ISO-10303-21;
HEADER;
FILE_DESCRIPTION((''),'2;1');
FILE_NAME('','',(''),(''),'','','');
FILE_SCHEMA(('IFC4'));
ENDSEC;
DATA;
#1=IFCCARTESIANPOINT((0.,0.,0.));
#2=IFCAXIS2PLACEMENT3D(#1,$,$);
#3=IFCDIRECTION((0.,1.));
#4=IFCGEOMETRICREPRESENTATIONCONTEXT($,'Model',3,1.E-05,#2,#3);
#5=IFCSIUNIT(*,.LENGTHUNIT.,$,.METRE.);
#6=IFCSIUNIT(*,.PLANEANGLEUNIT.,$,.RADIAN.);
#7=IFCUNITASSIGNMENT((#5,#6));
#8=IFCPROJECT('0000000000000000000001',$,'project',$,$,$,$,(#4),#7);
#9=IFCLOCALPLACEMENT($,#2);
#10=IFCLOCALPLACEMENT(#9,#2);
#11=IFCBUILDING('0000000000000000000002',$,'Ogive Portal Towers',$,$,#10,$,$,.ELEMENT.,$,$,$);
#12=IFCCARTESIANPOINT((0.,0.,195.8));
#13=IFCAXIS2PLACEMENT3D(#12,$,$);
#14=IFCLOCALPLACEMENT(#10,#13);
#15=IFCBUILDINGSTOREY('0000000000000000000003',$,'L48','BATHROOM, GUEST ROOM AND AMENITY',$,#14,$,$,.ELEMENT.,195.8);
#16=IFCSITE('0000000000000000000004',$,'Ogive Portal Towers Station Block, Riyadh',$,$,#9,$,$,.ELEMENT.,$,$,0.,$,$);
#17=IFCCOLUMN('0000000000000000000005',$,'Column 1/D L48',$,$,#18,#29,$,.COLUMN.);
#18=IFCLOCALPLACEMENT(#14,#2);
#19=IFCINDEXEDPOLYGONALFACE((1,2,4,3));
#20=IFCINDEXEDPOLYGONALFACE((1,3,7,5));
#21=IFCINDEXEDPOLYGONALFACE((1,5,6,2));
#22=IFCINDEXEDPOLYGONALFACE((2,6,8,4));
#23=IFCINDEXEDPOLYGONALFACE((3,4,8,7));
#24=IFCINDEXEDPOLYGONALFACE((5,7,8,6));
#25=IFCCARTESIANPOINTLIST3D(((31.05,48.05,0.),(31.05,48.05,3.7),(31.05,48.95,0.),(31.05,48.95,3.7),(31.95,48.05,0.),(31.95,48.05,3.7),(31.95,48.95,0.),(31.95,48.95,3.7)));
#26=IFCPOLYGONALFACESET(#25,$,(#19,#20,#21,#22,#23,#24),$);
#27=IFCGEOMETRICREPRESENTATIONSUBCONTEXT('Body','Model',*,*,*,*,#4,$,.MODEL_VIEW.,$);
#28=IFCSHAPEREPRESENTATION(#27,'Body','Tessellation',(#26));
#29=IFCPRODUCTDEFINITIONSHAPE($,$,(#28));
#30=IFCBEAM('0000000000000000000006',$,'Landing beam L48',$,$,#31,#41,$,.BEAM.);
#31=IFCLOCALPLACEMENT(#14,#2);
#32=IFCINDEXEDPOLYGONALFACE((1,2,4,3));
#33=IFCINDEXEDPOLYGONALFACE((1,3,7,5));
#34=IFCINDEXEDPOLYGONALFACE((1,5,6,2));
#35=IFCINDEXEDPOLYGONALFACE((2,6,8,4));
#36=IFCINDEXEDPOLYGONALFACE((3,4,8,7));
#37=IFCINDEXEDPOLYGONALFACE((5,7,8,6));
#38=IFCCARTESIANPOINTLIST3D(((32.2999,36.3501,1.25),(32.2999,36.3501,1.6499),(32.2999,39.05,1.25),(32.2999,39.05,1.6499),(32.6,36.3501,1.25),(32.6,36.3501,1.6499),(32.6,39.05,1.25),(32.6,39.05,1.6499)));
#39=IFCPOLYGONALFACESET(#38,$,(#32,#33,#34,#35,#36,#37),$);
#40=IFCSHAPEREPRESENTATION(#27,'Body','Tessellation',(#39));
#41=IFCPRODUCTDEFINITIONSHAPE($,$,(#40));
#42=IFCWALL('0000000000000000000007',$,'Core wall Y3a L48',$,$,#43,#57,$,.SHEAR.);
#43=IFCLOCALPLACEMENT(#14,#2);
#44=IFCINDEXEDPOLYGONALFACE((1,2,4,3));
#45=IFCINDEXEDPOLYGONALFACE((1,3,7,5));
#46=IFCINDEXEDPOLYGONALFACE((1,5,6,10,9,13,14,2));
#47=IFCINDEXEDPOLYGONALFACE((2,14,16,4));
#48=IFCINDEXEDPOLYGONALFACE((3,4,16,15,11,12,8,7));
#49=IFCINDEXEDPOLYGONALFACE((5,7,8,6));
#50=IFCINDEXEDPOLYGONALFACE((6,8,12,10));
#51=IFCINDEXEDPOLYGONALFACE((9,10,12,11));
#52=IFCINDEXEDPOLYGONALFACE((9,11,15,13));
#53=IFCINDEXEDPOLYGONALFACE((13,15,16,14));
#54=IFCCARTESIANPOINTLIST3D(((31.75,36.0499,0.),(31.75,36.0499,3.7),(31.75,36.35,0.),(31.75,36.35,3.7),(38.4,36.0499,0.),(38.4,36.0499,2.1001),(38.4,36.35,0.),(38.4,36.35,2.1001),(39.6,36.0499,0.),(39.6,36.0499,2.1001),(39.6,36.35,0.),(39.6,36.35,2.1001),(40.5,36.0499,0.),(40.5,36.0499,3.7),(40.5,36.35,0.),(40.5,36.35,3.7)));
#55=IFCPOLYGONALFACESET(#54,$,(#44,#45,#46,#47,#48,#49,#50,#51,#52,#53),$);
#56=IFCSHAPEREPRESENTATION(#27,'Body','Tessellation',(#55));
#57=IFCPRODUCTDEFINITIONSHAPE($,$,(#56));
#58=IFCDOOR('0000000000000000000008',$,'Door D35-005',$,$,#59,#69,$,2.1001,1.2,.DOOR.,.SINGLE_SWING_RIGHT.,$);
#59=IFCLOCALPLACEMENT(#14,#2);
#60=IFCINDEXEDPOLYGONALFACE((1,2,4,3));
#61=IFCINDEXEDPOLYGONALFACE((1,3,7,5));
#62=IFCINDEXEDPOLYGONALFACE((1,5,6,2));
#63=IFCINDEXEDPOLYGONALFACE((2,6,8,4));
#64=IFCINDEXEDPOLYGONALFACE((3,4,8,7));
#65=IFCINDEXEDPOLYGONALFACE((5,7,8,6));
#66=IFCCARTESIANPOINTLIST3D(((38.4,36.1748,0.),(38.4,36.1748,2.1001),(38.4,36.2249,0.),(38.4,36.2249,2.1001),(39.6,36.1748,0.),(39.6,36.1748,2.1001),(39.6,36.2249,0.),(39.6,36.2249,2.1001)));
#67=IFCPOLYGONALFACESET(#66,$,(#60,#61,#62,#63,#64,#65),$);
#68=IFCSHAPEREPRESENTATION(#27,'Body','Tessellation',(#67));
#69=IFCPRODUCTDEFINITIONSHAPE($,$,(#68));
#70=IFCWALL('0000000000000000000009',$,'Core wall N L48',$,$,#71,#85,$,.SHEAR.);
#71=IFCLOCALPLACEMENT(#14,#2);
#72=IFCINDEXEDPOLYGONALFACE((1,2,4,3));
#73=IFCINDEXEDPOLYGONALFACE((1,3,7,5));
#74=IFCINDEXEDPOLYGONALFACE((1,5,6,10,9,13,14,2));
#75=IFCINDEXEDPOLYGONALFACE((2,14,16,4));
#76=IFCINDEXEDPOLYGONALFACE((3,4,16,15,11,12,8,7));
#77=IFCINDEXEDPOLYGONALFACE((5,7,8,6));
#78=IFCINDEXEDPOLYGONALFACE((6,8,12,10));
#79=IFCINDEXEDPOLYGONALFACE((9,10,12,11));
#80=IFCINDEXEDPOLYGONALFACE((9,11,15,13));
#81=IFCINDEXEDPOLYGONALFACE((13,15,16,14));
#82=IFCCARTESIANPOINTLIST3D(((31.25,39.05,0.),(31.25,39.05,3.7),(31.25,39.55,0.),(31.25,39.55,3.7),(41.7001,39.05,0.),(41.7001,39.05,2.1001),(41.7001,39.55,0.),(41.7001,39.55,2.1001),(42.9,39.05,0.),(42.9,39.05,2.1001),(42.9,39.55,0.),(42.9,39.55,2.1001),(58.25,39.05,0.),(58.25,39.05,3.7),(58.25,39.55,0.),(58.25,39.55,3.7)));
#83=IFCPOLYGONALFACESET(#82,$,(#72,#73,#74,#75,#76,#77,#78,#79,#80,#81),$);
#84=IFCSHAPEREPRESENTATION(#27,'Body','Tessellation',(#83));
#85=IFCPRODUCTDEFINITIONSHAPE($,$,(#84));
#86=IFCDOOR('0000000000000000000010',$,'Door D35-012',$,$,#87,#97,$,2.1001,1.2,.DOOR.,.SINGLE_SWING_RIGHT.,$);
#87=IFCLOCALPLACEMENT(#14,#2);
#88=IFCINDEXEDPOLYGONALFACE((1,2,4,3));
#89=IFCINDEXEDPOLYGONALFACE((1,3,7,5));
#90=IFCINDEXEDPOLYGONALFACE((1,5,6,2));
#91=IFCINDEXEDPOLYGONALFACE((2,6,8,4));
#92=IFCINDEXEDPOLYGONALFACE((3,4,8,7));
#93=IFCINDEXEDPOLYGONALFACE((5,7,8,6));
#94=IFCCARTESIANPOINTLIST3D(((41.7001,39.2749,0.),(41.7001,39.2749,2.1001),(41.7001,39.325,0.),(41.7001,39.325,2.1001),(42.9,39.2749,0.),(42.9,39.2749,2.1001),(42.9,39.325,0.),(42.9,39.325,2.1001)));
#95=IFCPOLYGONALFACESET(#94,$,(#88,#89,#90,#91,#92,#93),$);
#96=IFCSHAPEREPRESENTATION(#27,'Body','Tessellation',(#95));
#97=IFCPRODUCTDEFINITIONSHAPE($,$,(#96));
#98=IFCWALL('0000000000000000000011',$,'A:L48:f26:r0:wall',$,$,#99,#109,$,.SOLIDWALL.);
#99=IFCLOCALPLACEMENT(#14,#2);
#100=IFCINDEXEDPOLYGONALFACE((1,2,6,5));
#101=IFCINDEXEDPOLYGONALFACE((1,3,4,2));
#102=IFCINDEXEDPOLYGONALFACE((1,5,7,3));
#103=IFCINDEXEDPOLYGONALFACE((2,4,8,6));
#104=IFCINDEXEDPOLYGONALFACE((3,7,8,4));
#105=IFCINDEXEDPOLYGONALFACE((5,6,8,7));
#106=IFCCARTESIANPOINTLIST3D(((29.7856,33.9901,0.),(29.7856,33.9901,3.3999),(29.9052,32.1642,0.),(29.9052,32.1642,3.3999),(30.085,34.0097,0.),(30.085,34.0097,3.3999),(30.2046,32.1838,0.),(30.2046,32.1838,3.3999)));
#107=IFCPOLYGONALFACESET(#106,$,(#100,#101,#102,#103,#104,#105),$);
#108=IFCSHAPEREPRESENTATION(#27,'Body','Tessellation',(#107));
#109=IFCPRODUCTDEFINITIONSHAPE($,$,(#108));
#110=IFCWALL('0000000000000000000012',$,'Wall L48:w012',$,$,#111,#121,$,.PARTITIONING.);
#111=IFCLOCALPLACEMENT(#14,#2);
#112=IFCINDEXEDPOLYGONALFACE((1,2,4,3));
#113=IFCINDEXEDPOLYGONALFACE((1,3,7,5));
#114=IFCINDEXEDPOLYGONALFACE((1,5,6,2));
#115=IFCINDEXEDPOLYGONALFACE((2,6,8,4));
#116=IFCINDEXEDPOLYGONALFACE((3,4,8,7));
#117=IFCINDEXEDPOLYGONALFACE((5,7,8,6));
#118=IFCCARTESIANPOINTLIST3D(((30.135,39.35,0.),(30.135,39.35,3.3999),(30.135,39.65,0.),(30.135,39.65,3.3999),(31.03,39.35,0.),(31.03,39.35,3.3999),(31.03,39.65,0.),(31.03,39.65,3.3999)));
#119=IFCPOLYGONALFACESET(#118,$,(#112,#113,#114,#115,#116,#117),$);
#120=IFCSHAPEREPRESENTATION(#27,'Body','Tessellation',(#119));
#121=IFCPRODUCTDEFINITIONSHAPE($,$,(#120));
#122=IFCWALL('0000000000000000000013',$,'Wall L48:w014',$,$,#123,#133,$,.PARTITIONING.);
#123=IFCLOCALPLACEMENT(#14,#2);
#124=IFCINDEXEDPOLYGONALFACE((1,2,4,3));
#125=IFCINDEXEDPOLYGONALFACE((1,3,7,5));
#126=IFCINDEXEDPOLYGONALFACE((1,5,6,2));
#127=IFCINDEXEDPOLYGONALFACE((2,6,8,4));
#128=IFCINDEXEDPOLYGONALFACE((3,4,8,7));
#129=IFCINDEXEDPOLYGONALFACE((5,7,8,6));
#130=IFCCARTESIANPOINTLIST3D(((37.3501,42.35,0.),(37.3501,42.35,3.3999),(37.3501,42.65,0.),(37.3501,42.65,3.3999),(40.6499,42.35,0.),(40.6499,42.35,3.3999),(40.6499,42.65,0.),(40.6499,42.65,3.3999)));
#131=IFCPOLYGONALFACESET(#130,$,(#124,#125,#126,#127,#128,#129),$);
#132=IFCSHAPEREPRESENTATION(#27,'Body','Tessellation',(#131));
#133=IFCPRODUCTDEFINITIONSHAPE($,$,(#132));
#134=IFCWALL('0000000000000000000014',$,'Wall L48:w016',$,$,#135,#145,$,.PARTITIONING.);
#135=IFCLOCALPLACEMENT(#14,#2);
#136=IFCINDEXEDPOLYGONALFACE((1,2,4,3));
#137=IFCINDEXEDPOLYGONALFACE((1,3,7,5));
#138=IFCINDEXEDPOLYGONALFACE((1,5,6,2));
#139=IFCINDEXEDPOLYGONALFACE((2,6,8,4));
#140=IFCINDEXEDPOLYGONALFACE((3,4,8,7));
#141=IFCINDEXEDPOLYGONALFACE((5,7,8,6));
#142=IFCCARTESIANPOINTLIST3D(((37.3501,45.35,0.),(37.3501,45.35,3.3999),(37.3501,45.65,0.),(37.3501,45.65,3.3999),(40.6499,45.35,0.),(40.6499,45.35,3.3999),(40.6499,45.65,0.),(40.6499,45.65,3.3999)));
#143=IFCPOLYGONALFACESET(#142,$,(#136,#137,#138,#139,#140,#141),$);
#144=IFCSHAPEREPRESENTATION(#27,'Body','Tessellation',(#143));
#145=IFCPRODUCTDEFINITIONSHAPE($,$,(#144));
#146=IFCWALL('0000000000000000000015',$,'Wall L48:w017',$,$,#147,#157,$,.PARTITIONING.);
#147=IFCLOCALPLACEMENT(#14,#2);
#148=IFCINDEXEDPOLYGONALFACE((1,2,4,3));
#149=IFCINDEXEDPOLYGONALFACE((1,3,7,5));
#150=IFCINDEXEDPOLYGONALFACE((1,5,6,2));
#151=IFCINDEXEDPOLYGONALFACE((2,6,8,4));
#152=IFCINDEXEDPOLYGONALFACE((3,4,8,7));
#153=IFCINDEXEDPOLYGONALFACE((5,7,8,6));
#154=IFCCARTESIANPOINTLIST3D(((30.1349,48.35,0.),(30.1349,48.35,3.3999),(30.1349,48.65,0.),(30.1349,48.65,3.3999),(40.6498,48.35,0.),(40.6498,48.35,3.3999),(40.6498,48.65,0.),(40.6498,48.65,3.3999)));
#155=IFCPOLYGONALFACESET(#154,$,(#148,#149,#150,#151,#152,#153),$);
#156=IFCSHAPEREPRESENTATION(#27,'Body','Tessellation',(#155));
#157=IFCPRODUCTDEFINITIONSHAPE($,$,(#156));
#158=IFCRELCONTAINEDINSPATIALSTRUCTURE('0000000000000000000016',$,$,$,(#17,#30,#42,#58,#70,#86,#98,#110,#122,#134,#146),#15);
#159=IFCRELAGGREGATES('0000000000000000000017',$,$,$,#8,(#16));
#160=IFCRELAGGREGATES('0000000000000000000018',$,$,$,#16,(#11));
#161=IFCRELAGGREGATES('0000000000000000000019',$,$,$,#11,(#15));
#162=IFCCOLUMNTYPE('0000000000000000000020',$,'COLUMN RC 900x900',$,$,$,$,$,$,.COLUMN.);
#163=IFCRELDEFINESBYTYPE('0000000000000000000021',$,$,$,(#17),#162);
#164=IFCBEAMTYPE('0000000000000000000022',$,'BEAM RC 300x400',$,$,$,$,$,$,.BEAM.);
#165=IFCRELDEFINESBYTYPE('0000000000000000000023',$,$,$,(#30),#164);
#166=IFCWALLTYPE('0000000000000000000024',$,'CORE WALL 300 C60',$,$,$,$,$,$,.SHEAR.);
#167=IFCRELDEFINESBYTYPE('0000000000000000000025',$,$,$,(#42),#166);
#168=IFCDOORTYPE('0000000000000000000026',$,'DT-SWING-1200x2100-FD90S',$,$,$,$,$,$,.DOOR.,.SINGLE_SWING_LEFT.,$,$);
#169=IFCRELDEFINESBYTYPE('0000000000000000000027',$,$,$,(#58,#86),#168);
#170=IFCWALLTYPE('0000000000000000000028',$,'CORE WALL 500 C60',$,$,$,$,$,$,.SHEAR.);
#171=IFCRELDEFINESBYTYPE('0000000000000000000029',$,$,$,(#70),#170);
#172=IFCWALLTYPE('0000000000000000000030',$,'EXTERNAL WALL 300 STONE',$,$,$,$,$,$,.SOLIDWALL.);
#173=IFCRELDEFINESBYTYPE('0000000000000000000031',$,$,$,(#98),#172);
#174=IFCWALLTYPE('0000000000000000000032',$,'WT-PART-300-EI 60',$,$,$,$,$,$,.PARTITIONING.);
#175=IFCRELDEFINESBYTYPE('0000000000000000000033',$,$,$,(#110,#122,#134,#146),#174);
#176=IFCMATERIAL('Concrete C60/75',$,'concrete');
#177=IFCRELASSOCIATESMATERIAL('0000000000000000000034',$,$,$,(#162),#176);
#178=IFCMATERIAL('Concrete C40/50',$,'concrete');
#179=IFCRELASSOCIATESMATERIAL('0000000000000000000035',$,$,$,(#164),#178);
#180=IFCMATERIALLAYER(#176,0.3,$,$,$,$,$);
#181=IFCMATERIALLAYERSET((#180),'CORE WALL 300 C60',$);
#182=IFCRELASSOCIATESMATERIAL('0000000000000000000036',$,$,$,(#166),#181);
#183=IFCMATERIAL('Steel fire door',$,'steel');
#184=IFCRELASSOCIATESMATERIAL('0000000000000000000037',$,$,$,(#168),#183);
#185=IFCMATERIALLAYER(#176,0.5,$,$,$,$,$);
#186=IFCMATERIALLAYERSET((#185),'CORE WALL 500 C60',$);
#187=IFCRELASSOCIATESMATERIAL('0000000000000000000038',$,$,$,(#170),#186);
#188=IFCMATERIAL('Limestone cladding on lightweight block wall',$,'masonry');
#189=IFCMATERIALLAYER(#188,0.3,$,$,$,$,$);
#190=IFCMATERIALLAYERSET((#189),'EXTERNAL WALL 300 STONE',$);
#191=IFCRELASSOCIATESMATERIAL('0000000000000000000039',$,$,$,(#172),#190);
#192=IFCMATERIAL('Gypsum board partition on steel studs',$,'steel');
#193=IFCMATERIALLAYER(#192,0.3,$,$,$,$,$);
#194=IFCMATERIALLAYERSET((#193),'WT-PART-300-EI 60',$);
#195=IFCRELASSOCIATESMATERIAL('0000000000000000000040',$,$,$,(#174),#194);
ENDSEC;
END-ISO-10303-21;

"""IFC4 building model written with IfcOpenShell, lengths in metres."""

from ifc_helpers import new_model, si_unit, direction, frame, frame_2d, origin, origin_2d, place, context, subcontext, project, spatial, rectangle, extrude, material, layer, layer_set, material_profile, profile_set, type_object, element, fill, save


model = new_model("IFC4")

# Units and contexts
model_context = context("Model", 3, precision=1e-05, world=origin(), true_north=direction((0.0, 1.0)))
body_context = subcontext(model_context, "Body", "Model", "MODEL_VIEW")
ifc_project = project(units=[si_unit("LENGTHUNIT", "METRE"), si_unit("PLANEANGLEUNIT", "RADIAN")], contexts=[model_context])

# Site, building, storey
site_placement = place(None, origin())
site = spatial("IfcSite", under=ifc_project, at=site_placement, Name="Ogive Portal Towers Station Block, Riyadh", CompositionType="ELEMENT", RefElevation=0.0)
building_placement = place(site_placement, origin())
building = spatial("IfcBuilding", under=site, at=building_placement, Name="Ogive Portal Towers", CompositionType="ELEMENT")
storey_placement = place(building_placement, frame((0.0, 0.0, 195.8)))
storey = spatial("IfcBuildingStorey", under=building, at=storey_placement, Name="L48", Description="BATHROOM, GUEST ROOM AND AMENITY", CompositionType="ELEMENT", Elevation=195.8)

# Column
ifc_material_1 = material(Name="Concrete C60/75", Category="concrete")
ifc_material_profile_1 = material_profile(ifc_material_1, rectangle(XDim=0.8999, YDim=0.8999, at=origin_2d()), Name="RC 900x900")
ifc_profile_set_1 = profile_set([ifc_material_profile_1], Name="Concrete C60/75")
column_type = type_object("IfcColumnType", Name="COLUMN RC 900x900", PredefinedType="COLUMN", material=ifc_profile_set_1)
column_placement = place(storey_placement, frame((31.5, 48.5, 0.0), z_axis=(0.0, 0.0, 1.0), x_axis=(1.0, 0.0, 0.0)))
element("IfcColumn", 1, at=column_placement, inside=storey, type_object=column_type, Name="Column 1/D L48", PredefinedType="COLUMN", context=body_context, shape_type="SweptSolid", body=[
    extrude(rectangle(XDim=0.8999, YDim=0.8999, at=origin_2d()), origin(), (0.0, 0.0, 1.0), 3.7),
])

# Beam
ifc_material_2 = material(Name="Concrete C40/50", Category="concrete")
ifc_material_profile_2 = material_profile(ifc_material_2, rectangle(XDim=0.3, YDim=0.3999, at=origin_2d()), Name="RC 300x400")
ifc_profile_set_2 = profile_set([ifc_material_profile_2], Name="Concrete C40/50")
beam_type = type_object("IfcBeamType", Name="BEAM RC 300x400", PredefinedType="BEAM", material=ifc_profile_set_2)
beam_placement = place(storey_placement, frame((32.45, 36.3501, 1.45), z_axis=(0.0, 1.0, 0.0), x_axis=(-1.0, 0.0, 0.0)))
element("IfcBeam", 2, at=beam_placement, inside=storey, type_object=beam_type, Name="Landing beam L48", PredefinedType="BEAM", context=body_context, shape_type="SweptSolid", body=[
    extrude(rectangle(XDim=0.3, YDim=0.3999, at=origin_2d()), origin(), (0.0, 0.0, 1.0), 2.7),
])

# Walls, openings, doors
ifc_layer_1 = layer(ifc_material_1, 0.3)
ifc_layer_set_1 = layer_set([ifc_layer_1], Name="CORE WALL 300 C60")
wall_type_1 = type_object("IfcWallType", Name="CORE WALL 300 C60", PredefinedType="SHEAR", material=ifc_layer_set_1)
wall_1_placement = place(storey_placement, frame((31.75, 36.2, 0.0), z_axis=(0.0, 0.0, 1.0), x_axis=(1.0, 0.0, 0.0)))
wall_1 = element("IfcWall", 3, at=wall_1_placement, inside=storey, type_object=wall_type_1, Name="Core wall Y3a L48", PredefinedType="SHEAR", context=body_context, shape_type="SweptSolid", body=[
    extrude(rectangle(XDim=8.75, YDim=0.3, at=frame_2d((4.375, 0.0))), origin(), (0.0, 0.0, 1.0), 3.7),
])
opening_1_placement = place(wall_1_placement, frame((6.6499, 0.0, 0.0)))
opening_1 = element("IfcOpeningElement", 4, at=opening_1_placement, cuts=wall_1, PredefinedType="OPENING", context=body_context, shape_type="SweptSolid", body=[
    extrude(rectangle(XDim=1.2, YDim=2.1001, at=frame_2d((0.6001, 1.05))), frame((0.0, 0.1602, 0.0), z_axis=(0.0, -1.0, 0.0), x_axis=(1.0, 0.0, 0.0)), (0.0, 0.0, 1.0), 0.3201),
])
ifc_material_3 = material(Name="Steel fire door", Category="steel")
door_type_1 = type_object("IfcDoorType", Name="DT-SWING-1200x2100-FD90S", OperationType="SINGLE_SWING_LEFT", PredefinedType="DOOR", material=ifc_material_3)
door_1_placement = place(opening_1_placement, origin())
door_1 = element("IfcDoor", 5, at=door_1_placement, inside=storey, type_object=door_type_1, Name="Door D35-005", OperationType="SINGLE_SWING_RIGHT", OverallHeight=2.1001, OverallWidth=1.2, PredefinedType="DOOR", context=body_context, shape_type="SweptSolid", body=[
    extrude(rectangle(XDim=1.2, YDim=2.1001, at=frame_2d((0.6001, 1.05))), frame((0.0, 0.0249, 0.0), z_axis=(0.0, -1.0, 0.0), x_axis=(1.0, 0.0, 0.0)), (0.0, 0.0, 1.0), 0.05),
])
fill(opening_1, door_1)
ifc_layer_2 = layer(ifc_material_1, 0.5)
ifc_layer_set_2 = layer_set([ifc_layer_2], Name="CORE WALL 500 C60")
wall_type_2 = type_object("IfcWallType", Name="CORE WALL 500 C60", PredefinedType="SHEAR", material=ifc_layer_set_2)
wall_2_placement = place(storey_placement, frame((31.25, 39.3, 0.0), z_axis=(0.0, 0.0, 1.0), x_axis=(1.0, 0.0, 0.0)))
wall_2 = element("IfcWall", 6, at=wall_2_placement, inside=storey, type_object=wall_type_2, Name="Core wall N L48", PredefinedType="SHEAR", context=body_context, shape_type="SweptSolid", body=[
    extrude(rectangle(XDim=27.0, YDim=0.5, at=frame_2d((13.5, 0.0))), origin(), (0.0, 0.0, 1.0), 3.7),
])
opening_2_placement = place(wall_2_placement, frame((10.45, 0.0, 0.0)))
opening_2 = element("IfcOpeningElement", 7, at=opening_2_placement, cuts=wall_2, PredefinedType="OPENING", context=body_context, shape_type="SweptSolid", body=[
    extrude(rectangle(XDim=1.2, YDim=2.1001, at=frame_2d((0.6001, 1.05))), frame((0.0, 0.26, 0.0), z_axis=(0.0, -1.0, 0.0), x_axis=(1.0, 0.0, 0.0)), (0.0, 0.0, 1.0), 0.52),
])
door_2_placement = place(opening_2_placement, origin())
door_2 = element("IfcDoor", 8, at=door_2_placement, inside=storey, type_object=door_type_1, Name="Door D35-012", OperationType="SINGLE_SWING_RIGHT", OverallHeight=2.1001, OverallWidth=1.2, PredefinedType="DOOR", context=body_context, shape_type="SweptSolid", body=[
    extrude(rectangle(XDim=1.2, YDim=2.1001, at=frame_2d((0.6001, 1.05))), frame((0.0, 0.0249, 0.0), z_axis=(0.0, -1.0, 0.0), x_axis=(1.0, 0.0, 0.0)), (0.0, 0.0, 1.0), 0.05),
])
fill(opening_2, door_2)

# Walls
ifc_material_4 = material(Name="Limestone cladding on lightweight block wall", Category="masonry")
ifc_layer_3 = layer(ifc_material_4, 0.3)
ifc_layer_set_3 = layer_set([ifc_layer_3], Name="EXTERNAL WALL 300 STONE")
wall_type_3 = type_object("IfcWallType", Name="EXTERNAL WALL 300 STONE", PredefinedType="SOLIDWALL", material=ifc_layer_set_3)
wall_3_placement = place(storey_placement, frame((29.9353, 34.0, 0.0), z_axis=(0.0, 0.0, 1.0), x_axis=(0.065377, -0.997861, 0.0)))
element("IfcWall", 9, at=wall_3_placement, inside=storey, type_object=wall_type_3, Name="A:L48:f26:r0:wall", PredefinedType="SOLIDWALL", context=body_context, shape_type="SweptSolid", body=[
    extrude(rectangle(XDim=1.8298, YDim=0.3, at=frame_2d((0.915, 0.0))), origin(), (0.0, 0.0, 1.0), 3.3999),
])
ifc_material_5 = material(Name="Gypsum board partition on steel studs", Category="steel")
ifc_layer_4 = layer(ifc_material_5, 0.3)
ifc_layer_set_4 = layer_set([ifc_layer_4], Name="WT-PART-300-EI 60")
wall_type_4 = type_object("IfcWallType", Name="WT-PART-300-EI 60", PredefinedType="PARTITIONING", material=ifc_layer_set_4)
wall_4_placement = place(storey_placement, frame((30.135, 39.5, 0.0), z_axis=(0.0, 0.0, 1.0), x_axis=(1.0, 0.0, 0.0)))
element("IfcWall", 10, at=wall_4_placement, inside=storey, type_object=wall_type_4, Name="Wall L48:w012", PredefinedType="PARTITIONING", context=body_context, shape_type="SweptSolid", body=[
    extrude(rectangle(XDim=0.895, YDim=0.3, at=frame_2d((0.4475, 0.0))), origin(), (0.0, 0.0, 1.0), 3.3999),
])
for number, where, z_axis, x_axis, name in (
    (11, (37.3501, 42.5, 0.0), (0.0, 0.0, 1.0), (1.0, 0.0, 0.0), "Wall L48:w014"),
    (12, (37.3501, 45.5, 0.0), (0.0, 0.0, 1.0), (1.0, 0.0, 0.0), "Wall L48:w016"),
):
    element("IfcWall", number, at=place(storey_placement, frame(where, z_axis=z_axis, x_axis=x_axis)), inside=storey, type_object=wall_type_4, Name=name, PredefinedType="PARTITIONING", context=body_context, shape_type="SweptSolid", body=[
        extrude(rectangle(XDim=3.2998, YDim=0.3, at=frame_2d((1.6499, 0.0))), origin(), (0.0, 0.0, 1.0), 3.3999),
    ])
wall_5_placement = place(storey_placement, frame((30.135, 48.5, 0.0), z_axis=(0.0, 0.0, 1.0), x_axis=(1.0, 0.0, 0.0)))
element("IfcWall", 13, at=wall_5_placement, inside=storey, type_object=wall_type_4, Name="Wall L48:w017", PredefinedType="PARTITIONING", context=body_context, shape_type="SweptSolid", body=[
    extrude(rectangle(XDim=10.5149, YDim=0.3, at=frame_2d((5.2573, 0.0))), origin(), (0.0, 0.0, 1.0), 3.3999),
])

save(model, "model.ifc")
